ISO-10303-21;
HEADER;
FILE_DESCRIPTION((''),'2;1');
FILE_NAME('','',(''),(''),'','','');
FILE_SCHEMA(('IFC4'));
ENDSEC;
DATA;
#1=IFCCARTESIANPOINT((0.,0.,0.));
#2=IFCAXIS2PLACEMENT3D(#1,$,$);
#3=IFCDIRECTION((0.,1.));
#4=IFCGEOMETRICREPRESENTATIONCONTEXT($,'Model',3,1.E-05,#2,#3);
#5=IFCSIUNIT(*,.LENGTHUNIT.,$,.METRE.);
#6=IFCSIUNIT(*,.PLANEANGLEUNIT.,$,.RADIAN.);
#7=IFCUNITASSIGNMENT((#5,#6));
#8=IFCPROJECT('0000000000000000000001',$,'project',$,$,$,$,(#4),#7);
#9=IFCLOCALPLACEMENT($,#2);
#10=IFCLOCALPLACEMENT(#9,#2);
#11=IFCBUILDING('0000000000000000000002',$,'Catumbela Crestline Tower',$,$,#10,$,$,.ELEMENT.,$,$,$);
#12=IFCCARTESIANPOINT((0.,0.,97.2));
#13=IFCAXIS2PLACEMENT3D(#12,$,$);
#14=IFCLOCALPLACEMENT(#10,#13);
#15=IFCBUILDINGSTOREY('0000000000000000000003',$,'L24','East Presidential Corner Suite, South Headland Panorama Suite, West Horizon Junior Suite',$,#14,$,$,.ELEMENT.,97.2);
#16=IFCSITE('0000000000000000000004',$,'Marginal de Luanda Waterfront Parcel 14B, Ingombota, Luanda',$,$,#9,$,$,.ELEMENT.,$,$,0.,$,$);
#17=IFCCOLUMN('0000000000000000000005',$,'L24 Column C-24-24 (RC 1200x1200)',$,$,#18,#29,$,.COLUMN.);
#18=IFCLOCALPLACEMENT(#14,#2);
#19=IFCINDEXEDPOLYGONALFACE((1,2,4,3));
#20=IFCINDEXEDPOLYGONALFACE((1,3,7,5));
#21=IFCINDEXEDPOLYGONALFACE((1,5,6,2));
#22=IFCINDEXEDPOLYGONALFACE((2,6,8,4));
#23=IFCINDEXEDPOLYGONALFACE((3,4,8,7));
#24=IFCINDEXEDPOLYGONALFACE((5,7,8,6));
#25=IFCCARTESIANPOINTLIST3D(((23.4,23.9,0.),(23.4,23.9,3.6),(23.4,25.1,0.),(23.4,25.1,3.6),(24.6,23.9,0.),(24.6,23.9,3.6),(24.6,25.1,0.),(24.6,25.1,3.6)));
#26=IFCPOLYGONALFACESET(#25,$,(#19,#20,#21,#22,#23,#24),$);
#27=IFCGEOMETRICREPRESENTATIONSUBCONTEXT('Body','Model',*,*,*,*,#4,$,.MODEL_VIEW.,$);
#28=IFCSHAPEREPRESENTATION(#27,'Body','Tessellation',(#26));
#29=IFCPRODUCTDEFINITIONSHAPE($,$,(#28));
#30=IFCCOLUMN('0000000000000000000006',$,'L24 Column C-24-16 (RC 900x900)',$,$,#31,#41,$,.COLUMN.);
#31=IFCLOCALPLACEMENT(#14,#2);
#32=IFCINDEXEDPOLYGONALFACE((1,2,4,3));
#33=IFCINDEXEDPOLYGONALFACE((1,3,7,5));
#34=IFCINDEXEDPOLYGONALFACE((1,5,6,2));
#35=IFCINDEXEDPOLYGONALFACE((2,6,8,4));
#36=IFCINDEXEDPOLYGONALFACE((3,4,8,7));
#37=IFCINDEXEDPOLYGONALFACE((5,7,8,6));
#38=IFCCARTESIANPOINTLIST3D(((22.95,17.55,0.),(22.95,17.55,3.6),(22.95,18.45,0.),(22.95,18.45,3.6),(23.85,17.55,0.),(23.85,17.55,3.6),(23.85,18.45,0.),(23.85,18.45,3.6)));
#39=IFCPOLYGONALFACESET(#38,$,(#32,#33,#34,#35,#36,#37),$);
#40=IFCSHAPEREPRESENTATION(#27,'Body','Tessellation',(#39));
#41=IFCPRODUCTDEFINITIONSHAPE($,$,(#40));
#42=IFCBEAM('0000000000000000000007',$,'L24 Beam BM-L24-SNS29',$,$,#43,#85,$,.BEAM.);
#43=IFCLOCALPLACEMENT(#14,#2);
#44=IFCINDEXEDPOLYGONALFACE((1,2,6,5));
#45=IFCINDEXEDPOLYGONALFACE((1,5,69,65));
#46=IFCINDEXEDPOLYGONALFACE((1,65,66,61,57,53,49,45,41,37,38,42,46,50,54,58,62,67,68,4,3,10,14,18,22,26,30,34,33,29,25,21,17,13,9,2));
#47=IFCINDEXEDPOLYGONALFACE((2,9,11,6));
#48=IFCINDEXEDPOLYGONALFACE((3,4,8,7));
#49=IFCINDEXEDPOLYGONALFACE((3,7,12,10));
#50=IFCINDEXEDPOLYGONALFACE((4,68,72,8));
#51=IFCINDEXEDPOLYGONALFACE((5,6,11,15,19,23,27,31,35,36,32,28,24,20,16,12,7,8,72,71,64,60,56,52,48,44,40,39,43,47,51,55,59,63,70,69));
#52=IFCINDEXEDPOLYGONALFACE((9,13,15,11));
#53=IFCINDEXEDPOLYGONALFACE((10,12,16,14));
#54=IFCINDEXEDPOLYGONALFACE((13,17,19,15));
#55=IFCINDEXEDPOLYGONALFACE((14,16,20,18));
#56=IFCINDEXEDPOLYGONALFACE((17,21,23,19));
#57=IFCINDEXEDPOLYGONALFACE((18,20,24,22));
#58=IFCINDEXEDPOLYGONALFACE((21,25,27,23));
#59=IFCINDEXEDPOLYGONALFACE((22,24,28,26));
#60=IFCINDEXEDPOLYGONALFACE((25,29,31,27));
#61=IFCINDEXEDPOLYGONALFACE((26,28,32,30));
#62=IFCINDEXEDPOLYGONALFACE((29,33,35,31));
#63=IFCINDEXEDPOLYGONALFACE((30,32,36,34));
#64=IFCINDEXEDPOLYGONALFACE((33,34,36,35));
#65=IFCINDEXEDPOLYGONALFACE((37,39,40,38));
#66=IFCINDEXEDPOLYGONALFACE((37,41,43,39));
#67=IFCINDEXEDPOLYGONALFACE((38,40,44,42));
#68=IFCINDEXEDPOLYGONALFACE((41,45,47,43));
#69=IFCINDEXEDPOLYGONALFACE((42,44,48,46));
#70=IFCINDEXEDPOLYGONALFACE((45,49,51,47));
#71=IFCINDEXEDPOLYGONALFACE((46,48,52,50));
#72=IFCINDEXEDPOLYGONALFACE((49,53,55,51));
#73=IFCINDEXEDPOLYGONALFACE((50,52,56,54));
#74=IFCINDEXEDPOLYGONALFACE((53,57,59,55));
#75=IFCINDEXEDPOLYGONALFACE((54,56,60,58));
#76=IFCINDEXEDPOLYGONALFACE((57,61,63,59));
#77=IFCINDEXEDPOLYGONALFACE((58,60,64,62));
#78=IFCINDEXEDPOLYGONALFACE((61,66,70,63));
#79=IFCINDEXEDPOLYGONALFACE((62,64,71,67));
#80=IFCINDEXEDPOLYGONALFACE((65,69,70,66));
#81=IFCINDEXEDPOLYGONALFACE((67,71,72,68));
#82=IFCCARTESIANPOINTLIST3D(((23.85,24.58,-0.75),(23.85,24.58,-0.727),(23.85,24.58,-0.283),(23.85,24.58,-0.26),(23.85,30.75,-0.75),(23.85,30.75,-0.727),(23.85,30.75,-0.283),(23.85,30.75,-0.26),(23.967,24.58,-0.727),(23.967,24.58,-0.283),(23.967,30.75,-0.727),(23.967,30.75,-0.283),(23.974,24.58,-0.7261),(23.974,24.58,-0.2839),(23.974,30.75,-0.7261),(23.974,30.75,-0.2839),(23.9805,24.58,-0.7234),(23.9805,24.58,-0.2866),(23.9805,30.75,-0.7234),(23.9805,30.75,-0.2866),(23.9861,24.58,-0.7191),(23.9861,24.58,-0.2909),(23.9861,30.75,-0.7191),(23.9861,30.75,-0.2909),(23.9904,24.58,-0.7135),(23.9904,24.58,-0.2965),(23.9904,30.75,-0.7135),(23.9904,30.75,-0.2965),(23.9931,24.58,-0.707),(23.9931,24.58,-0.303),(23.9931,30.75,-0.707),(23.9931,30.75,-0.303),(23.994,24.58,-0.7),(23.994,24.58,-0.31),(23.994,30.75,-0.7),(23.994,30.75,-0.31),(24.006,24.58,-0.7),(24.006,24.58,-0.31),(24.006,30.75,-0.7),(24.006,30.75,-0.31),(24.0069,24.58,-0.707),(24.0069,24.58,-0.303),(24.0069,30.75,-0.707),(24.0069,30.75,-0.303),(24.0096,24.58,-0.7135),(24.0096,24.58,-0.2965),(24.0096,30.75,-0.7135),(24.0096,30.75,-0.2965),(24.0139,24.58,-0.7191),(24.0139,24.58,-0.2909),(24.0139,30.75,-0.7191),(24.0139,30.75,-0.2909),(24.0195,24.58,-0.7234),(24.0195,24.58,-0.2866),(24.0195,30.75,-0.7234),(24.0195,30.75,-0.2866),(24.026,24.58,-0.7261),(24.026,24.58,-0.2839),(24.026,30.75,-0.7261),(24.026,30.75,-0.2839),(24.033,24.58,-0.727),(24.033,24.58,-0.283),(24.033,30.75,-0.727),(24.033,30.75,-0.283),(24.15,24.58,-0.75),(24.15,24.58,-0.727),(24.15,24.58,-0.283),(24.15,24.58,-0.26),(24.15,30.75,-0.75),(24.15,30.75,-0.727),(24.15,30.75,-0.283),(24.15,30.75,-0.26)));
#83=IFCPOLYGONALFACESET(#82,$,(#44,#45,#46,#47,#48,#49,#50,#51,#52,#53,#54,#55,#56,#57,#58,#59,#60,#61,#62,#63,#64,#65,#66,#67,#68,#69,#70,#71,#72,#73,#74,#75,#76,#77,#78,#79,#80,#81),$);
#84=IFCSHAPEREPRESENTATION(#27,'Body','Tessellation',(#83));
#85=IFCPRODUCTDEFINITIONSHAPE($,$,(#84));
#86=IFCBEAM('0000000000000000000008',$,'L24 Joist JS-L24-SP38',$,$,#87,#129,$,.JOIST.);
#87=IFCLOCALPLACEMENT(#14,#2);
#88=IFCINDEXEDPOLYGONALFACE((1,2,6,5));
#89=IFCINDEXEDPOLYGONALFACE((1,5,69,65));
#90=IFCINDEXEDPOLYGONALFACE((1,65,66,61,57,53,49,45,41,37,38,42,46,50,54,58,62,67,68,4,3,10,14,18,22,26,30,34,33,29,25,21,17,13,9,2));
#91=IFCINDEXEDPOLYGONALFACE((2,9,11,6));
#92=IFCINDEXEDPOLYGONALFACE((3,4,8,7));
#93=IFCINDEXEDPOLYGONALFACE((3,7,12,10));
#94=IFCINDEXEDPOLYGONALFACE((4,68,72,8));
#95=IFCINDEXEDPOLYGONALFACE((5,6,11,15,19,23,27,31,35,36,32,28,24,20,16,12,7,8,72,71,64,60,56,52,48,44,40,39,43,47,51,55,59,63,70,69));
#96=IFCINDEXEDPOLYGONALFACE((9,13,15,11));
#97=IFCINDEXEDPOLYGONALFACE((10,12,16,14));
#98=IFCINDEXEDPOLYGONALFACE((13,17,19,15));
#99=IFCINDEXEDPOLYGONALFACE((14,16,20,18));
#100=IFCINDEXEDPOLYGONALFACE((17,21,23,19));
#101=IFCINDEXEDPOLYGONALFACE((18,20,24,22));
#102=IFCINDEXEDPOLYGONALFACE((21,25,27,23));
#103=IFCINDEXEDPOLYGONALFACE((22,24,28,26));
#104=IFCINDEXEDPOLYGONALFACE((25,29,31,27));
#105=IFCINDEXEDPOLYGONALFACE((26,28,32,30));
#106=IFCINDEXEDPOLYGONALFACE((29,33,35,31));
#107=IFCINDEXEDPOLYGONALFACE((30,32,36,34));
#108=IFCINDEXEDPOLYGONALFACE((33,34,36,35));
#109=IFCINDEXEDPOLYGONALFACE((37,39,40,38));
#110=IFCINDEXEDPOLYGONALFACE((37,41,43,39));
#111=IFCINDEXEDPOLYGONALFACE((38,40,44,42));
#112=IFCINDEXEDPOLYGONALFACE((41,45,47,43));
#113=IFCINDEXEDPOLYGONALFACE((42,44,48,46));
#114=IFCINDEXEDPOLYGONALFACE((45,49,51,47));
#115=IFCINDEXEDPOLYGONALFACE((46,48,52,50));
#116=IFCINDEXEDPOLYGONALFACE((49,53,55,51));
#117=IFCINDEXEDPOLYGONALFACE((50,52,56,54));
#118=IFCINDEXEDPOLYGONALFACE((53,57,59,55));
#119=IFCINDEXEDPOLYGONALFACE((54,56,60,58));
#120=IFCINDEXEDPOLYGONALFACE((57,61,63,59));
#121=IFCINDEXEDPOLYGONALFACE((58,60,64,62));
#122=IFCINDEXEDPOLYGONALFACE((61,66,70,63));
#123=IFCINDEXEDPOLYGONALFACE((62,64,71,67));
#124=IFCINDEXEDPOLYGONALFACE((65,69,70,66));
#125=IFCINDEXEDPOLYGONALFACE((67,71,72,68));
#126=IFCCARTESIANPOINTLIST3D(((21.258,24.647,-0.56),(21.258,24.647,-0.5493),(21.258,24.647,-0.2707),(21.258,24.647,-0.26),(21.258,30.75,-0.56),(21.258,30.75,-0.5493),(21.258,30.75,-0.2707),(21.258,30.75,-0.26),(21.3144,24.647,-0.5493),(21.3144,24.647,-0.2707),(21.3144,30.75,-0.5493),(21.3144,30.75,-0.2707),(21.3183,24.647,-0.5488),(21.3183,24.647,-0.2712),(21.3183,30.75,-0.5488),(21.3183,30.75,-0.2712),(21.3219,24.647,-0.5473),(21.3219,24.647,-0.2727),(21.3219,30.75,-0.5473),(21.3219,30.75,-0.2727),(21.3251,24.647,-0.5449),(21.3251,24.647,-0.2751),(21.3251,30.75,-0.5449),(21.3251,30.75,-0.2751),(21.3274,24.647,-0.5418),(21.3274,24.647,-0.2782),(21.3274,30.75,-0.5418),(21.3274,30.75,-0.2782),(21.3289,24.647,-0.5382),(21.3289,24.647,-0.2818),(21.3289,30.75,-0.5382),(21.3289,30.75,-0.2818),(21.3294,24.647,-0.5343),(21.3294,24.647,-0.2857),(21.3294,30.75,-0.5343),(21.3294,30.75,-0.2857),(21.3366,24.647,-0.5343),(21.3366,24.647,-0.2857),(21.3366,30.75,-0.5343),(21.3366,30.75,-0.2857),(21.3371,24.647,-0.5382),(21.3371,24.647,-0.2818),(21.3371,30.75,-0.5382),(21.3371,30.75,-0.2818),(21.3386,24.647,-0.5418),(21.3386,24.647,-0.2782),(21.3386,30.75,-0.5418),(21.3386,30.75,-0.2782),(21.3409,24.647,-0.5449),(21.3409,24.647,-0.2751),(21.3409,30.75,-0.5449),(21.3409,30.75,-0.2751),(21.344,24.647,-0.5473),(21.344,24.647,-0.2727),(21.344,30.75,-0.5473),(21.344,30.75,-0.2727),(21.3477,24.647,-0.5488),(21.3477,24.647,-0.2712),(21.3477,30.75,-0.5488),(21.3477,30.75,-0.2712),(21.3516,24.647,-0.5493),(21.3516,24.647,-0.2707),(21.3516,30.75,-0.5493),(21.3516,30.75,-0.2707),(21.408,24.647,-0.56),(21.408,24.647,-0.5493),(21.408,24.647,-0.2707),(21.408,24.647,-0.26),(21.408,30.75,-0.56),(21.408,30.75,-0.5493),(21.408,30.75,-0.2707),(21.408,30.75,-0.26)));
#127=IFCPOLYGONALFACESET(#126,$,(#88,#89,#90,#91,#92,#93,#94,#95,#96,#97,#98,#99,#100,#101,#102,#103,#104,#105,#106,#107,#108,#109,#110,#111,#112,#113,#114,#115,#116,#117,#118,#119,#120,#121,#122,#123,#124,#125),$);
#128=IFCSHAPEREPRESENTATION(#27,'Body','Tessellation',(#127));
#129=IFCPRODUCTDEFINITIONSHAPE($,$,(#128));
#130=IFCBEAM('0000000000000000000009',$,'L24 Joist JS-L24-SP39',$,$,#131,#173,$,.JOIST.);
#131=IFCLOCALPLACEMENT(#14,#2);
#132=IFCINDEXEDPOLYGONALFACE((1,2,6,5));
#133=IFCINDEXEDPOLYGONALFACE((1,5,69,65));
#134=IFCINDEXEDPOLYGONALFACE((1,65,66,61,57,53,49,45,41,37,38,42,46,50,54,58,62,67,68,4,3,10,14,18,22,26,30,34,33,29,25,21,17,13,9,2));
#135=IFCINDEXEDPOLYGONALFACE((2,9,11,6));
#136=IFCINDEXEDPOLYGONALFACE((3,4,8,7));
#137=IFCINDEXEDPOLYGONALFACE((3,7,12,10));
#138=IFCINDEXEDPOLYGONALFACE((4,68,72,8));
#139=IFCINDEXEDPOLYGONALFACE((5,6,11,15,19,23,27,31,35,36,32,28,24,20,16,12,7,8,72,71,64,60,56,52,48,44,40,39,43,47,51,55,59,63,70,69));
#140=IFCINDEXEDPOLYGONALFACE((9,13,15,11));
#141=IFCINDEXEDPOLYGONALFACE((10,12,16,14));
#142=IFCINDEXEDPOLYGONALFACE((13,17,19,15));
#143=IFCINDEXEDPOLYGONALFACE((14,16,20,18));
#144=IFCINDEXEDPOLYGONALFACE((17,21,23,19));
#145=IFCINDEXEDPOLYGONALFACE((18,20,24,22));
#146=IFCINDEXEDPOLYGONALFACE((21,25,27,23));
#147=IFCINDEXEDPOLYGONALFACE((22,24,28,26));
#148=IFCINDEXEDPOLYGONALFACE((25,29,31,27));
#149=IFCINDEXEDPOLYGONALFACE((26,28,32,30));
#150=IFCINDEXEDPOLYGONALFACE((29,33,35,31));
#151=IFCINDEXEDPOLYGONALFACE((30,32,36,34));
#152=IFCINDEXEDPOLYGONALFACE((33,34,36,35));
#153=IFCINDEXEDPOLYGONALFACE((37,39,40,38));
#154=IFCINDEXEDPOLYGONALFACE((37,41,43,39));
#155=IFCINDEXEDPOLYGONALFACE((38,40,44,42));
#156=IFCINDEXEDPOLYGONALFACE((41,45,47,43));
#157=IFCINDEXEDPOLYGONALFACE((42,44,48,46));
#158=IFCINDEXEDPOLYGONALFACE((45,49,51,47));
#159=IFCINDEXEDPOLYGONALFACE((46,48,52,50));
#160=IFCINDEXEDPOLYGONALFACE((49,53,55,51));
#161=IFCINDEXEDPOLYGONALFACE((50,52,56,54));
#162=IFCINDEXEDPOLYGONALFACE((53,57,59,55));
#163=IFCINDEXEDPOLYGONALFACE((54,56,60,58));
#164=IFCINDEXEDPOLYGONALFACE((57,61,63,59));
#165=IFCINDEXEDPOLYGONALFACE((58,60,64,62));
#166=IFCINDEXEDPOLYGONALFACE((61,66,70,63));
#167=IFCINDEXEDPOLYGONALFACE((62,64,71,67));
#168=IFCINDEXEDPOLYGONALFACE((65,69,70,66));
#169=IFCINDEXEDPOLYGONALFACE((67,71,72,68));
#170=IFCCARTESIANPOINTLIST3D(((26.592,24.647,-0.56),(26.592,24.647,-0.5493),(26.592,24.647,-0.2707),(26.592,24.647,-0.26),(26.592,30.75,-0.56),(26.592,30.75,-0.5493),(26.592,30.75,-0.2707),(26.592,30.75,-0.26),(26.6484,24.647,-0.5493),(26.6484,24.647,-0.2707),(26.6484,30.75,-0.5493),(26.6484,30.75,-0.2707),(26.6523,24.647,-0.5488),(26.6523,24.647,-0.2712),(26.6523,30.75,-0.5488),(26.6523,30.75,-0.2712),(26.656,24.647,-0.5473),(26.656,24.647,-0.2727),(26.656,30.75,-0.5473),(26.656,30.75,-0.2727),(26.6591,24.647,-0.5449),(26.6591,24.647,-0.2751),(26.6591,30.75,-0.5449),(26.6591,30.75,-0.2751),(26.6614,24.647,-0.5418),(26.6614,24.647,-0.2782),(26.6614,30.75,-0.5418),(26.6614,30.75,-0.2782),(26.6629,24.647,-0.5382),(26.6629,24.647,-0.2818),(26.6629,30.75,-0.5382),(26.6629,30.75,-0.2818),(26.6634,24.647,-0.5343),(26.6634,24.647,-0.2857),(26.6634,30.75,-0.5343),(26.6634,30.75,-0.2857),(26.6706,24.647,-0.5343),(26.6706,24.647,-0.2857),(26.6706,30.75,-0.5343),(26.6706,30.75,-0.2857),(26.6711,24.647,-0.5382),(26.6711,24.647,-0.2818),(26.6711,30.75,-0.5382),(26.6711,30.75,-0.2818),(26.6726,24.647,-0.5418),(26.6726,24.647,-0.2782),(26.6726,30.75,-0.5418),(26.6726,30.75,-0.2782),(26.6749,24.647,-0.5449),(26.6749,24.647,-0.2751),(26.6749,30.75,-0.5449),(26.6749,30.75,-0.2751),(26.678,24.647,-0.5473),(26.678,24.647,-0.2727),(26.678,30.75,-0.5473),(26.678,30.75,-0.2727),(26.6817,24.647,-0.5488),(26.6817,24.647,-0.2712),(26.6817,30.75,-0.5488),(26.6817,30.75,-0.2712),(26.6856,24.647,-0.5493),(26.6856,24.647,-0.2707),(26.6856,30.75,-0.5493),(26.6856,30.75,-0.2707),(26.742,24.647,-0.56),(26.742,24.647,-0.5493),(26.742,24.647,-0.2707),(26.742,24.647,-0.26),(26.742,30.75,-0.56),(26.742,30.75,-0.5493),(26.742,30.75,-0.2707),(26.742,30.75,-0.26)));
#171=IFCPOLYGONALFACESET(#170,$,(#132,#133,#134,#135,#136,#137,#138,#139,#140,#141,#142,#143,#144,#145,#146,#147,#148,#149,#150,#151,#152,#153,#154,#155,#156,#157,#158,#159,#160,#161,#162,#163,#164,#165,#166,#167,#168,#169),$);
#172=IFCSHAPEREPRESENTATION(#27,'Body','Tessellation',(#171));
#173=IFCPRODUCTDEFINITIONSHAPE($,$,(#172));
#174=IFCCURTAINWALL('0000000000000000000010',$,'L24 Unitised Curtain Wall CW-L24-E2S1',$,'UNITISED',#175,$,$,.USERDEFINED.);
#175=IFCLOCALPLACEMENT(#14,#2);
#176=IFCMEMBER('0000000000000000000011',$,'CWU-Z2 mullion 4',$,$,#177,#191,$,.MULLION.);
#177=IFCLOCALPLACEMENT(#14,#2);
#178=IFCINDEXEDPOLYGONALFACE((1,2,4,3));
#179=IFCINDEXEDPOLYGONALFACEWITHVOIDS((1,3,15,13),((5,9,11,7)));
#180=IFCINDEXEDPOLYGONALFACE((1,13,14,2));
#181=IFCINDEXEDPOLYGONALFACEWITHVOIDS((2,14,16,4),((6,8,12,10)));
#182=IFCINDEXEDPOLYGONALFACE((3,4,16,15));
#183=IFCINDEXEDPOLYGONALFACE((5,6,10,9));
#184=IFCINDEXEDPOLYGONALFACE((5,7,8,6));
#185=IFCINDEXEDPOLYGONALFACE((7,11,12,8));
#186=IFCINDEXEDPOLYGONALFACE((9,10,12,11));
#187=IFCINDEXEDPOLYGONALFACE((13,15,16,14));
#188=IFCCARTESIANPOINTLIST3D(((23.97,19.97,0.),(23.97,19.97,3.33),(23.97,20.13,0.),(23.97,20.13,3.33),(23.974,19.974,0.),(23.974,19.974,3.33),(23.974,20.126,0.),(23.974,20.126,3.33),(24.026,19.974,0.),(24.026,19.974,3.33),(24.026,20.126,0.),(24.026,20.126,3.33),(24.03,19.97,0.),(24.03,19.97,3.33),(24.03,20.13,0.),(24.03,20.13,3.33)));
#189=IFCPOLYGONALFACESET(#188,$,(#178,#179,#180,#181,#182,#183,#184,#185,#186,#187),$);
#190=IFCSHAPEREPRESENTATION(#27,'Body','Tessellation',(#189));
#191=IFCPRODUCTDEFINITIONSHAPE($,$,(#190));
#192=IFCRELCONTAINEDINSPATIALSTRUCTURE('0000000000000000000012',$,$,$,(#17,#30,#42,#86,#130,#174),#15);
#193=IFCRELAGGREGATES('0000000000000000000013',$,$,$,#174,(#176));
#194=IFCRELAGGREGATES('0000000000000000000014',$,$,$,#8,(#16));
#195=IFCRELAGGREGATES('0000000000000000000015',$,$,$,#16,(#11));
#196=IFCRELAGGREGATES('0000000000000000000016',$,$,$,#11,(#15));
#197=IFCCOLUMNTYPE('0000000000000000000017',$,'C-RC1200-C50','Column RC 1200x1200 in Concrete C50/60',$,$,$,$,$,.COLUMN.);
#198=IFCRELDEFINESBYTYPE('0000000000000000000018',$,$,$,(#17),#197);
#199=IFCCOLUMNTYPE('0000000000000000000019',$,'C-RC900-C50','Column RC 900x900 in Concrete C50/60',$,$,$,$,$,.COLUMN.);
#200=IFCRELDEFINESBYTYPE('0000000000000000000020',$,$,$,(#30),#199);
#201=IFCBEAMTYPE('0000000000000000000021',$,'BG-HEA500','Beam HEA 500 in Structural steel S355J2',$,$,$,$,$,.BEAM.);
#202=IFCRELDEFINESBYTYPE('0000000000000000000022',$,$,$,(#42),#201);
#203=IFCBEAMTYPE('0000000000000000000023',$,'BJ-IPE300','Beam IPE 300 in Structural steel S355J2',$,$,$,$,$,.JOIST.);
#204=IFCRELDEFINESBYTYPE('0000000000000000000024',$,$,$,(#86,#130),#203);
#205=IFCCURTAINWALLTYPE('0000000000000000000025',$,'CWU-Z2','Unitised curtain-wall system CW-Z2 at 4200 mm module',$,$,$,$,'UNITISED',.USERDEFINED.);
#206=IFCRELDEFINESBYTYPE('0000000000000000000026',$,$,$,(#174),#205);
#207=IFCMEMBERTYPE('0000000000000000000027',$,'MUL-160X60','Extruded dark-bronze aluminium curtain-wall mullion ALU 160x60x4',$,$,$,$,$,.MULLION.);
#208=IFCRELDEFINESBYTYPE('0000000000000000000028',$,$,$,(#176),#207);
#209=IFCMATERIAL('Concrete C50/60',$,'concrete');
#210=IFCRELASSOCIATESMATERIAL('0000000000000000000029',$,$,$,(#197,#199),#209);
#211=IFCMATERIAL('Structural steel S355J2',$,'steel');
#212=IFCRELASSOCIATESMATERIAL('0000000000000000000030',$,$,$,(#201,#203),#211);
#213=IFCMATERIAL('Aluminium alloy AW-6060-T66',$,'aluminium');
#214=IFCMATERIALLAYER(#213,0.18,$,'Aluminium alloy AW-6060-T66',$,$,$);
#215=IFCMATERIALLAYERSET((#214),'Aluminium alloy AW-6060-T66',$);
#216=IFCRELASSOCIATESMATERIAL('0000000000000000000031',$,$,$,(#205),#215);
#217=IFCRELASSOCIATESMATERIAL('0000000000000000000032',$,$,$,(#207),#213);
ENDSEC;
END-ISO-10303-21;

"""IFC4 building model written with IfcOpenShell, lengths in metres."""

from ifc_helpers import new_model, si_unit, direction, frame, origin, origin_2d, place, context, subcontext, project, spatial, rectangle, hollow_rectangle, i_section, extrude, material, layer, layer_set, material_profile, profile_set, type_object, element, aggregate, save


model = new_model("IFC4")

# Units and contexts
model_context = context("Model", 3, precision=1e-05, world=origin(), true_north=direction((0.0, 1.0)))
body_context = subcontext(model_context, "Body", "Model", "MODEL_VIEW")
ifc_project = project(units=[si_unit("LENGTHUNIT", "METRE"), si_unit("PLANEANGLEUNIT", "RADIAN")], contexts=[model_context])

# Site, building, storey
site_placement = place(None, origin())
site = spatial("IfcSite", under=ifc_project, at=site_placement, Name="Marginal de Luanda Waterfront Parcel 14B, Ingombota, Luanda", CompositionType="ELEMENT", RefElevation=0.0)
building_placement = place(site_placement, origin())
building = spatial("IfcBuilding", under=site, at=building_placement, Name="Catumbela Crestline Tower", CompositionType="ELEMENT")
storey_placement = place(building_placement, frame((0.0, 0.0, 97.2)))
storey = spatial("IfcBuildingStorey", under=building, at=storey_placement, Name="L24", Description="East Presidential Corner Suite, South Headland Panorama Suite, West Horizon Junior Suite", CompositionType="ELEMENT", Elevation=97.2)

# Columns
ifc_material_1 = material(Name="Concrete C50/60", Category="concrete")
ifc_material_profile_1 = material_profile(ifc_material_1, rectangle(XDim=1.2, YDim=1.2, at=origin_2d()), Name="RC 1200x1200")
ifc_profile_set_1 = profile_set([ifc_material_profile_1], Name="Concrete C50/60")
column_type_1 = type_object("IfcColumnType", Name="C-RC1200-C50", Description="Column RC 1200x1200 in Concrete C50/60", PredefinedType="COLUMN", material=ifc_profile_set_1)
column_1_placement = place(storey_placement, frame((24.0, 24.5, 0.0), z_axis=(0.0, 0.0, 1.0), x_axis=(1.0, 0.0, 0.0)))
element("IfcColumn", 1, at=column_1_placement, inside=storey, type_object=column_type_1, Name="L24 Column C-24-24 (RC 1200x1200)", PredefinedType="COLUMN", context=body_context, shape_type="SweptSolid", body=[
    extrude(rectangle(XDim=1.2, YDim=1.2, at=origin_2d()), origin(), (0.0, 0.0, 1.0), 3.6),
])
ifc_material_profile_2 = material_profile(ifc_material_1, rectangle(XDim=0.9, YDim=0.9, at=origin_2d()), Name="RC 900x900")
ifc_profile_set_2 = profile_set([ifc_material_profile_2], Name="Concrete C50/60")
column_type_2 = type_object("IfcColumnType", Name="C-RC900-C50", Description="Column RC 900x900 in Concrete C50/60", PredefinedType="COLUMN", material=ifc_profile_set_2)
column_2_placement = place(storey_placement, frame((23.4, 18.0, 0.0), z_axis=(0.0, 0.0, 1.0), x_axis=(1.0, 0.0, 0.0)))
element("IfcColumn", 2, at=column_2_placement, inside=storey, type_object=column_type_2, Name="L24 Column C-24-16 (RC 900x900)", PredefinedType="COLUMN", context=body_context, shape_type="SweptSolid", body=[
    extrude(rectangle(XDim=0.9, YDim=0.9, at=origin_2d()), origin(), (0.0, 0.0, 1.0), 3.6),
])

# Beams
ifc_material_2 = material(Name="Structural steel S355J2", Category="steel")
ifc_material_profile_3 = material_profile(ifc_material_2, i_section(OverallWidth=0.3, OverallDepth=0.49, WebThickness=0.012, FlangeThickness=0.023, FilletRadius=0.027, at=origin_2d()), Name="HEA 500")
ifc_profile_set_3 = profile_set([ifc_material_profile_3], Name="Structural steel S355J2")
beam_type_1 = type_object("IfcBeamType", Name="BG-HEA500", Description="Beam HEA 500 in Structural steel S355J2", PredefinedType="BEAM", material=ifc_profile_set_3)
beam_1_placement = place(storey_placement, frame((24.0, 24.58, -0.505), z_axis=(0.0, 1.0, 0.0), x_axis=(-1.0, 0.0, 0.0)))
element("IfcBeam", 3, at=beam_1_placement, inside=storey, type_object=beam_type_1, Name="L24 Beam BM-L24-SNS29", PredefinedType="BEAM", context=body_context, shape_type="SweptSolid", body=[
    extrude(i_section(OverallWidth=0.3, OverallDepth=0.49, WebThickness=0.012, FlangeThickness=0.023, FilletRadius=0.027, at=origin_2d()), origin(), (0.0, 0.0, 1.0), 6.17),
])
ifc_material_profile_4 = material_profile(ifc_material_2, i_section(OverallWidth=0.15, OverallDepth=0.3, WebThickness=0.0071, FlangeThickness=0.0107, FilletRadius=0.015, at=origin_2d()), Name="IPE 300")
ifc_profile_set_4 = profile_set([ifc_material_profile_4], Name="Structural steel S355J2")
beam_type_2 = type_object("IfcBeamType", Name="BJ-IPE300", Description="Beam IPE 300 in Structural steel S355J2", PredefinedType="JOIST", material=ifc_profile_set_4)
for number, where, z_axis, x_axis, name in (
    (4, (21.333, 24.647, -0.41), (0.0, 1.0, 0.0), (-1.0, 0.0, 0.0), "L24 Joist JS-L24-SP38"),
    (5, (26.667, 24.647, -0.41), (0.0, 1.0, 0.0), (-1.0, 0.0, 0.0), "L24 Joist JS-L24-SP39"),
):
    element("IfcBeam", number, at=place(storey_placement, frame(where, z_axis=z_axis, x_axis=x_axis)), inside=storey, type_object=beam_type_2, Name=name, PredefinedType="JOIST", context=body_context, shape_type="SweptSolid", body=[
        extrude(i_section(OverallWidth=0.15, OverallDepth=0.3, WebThickness=0.0071, FlangeThickness=0.0107, FilletRadius=0.015, at=origin_2d()), origin(), (0.0, 0.0, 1.0), 6.103),
    ])

# Curtain wall, member
ifc_material_3 = material(Name="Aluminium alloy AW-6060-T66", Category="aluminium")
ifc_layer_1 = layer(ifc_material_3, 0.18, Name="Aluminium alloy AW-6060-T66")
ifc_layer_set_1 = layer_set([ifc_layer_1], Name="Aluminium alloy AW-6060-T66")
curtain_wall_type = type_object("IfcCurtainWallType", Name="CWU-Z2", Description="Unitised curtain-wall system CW-Z2 at 4200 mm module", ElementType="UNITISED", PredefinedType="USERDEFINED", material=ifc_layer_set_1)
curtain_wall_1_placement = place(storey_placement, origin())
curtain_wall_1 = element("IfcCurtainWall", 6, at=curtain_wall_1_placement, inside=storey, type_object=curtain_wall_type, Name="L24 Unitised Curtain Wall CW-L24-E2S1", ObjectType="UNITISED", PredefinedType="USERDEFINED")
ifc_material_profile_5 = material_profile(ifc_material_3, hollow_rectangle(XDim=0.06, YDim=0.16, WallThickness=0.004, at=origin_2d()), Name="ALU 160x60x4")
ifc_profile_set_5 = profile_set([ifc_material_profile_5], Name="Aluminium alloy AW-6060-T66")
member_type_1 = type_object("IfcMemberType", Name="MUL-160X60", Description="Extruded dark-bronze aluminium curtain-wall mullion ALU 160x60x4", PredefinedType="MULLION", material=ifc_profile_set_5)
member_1_placement = place(storey_placement, frame((24.0, 20.05, 0.0), z_axis=(0.0, 0.0, 1.0), x_axis=(-1.0, 0.0, 0.0)))
member_1 = element("IfcMember", 7, at=member_1_placement, type_object=member_type_1, Name="CWU-Z2 mullion 4", PredefinedType="MULLION", context=body_context, shape_type="SweptSolid", body=[
    extrude(hollow_rectangle(XDim=0.06, YDim=0.16, WallThickness=0.004, at=origin_2d()), origin(), (0.0, 0.0, 1.0), 3.33),
])

aggregate(curtain_wall_1, [member_1])

save(model, "model.ifc")
